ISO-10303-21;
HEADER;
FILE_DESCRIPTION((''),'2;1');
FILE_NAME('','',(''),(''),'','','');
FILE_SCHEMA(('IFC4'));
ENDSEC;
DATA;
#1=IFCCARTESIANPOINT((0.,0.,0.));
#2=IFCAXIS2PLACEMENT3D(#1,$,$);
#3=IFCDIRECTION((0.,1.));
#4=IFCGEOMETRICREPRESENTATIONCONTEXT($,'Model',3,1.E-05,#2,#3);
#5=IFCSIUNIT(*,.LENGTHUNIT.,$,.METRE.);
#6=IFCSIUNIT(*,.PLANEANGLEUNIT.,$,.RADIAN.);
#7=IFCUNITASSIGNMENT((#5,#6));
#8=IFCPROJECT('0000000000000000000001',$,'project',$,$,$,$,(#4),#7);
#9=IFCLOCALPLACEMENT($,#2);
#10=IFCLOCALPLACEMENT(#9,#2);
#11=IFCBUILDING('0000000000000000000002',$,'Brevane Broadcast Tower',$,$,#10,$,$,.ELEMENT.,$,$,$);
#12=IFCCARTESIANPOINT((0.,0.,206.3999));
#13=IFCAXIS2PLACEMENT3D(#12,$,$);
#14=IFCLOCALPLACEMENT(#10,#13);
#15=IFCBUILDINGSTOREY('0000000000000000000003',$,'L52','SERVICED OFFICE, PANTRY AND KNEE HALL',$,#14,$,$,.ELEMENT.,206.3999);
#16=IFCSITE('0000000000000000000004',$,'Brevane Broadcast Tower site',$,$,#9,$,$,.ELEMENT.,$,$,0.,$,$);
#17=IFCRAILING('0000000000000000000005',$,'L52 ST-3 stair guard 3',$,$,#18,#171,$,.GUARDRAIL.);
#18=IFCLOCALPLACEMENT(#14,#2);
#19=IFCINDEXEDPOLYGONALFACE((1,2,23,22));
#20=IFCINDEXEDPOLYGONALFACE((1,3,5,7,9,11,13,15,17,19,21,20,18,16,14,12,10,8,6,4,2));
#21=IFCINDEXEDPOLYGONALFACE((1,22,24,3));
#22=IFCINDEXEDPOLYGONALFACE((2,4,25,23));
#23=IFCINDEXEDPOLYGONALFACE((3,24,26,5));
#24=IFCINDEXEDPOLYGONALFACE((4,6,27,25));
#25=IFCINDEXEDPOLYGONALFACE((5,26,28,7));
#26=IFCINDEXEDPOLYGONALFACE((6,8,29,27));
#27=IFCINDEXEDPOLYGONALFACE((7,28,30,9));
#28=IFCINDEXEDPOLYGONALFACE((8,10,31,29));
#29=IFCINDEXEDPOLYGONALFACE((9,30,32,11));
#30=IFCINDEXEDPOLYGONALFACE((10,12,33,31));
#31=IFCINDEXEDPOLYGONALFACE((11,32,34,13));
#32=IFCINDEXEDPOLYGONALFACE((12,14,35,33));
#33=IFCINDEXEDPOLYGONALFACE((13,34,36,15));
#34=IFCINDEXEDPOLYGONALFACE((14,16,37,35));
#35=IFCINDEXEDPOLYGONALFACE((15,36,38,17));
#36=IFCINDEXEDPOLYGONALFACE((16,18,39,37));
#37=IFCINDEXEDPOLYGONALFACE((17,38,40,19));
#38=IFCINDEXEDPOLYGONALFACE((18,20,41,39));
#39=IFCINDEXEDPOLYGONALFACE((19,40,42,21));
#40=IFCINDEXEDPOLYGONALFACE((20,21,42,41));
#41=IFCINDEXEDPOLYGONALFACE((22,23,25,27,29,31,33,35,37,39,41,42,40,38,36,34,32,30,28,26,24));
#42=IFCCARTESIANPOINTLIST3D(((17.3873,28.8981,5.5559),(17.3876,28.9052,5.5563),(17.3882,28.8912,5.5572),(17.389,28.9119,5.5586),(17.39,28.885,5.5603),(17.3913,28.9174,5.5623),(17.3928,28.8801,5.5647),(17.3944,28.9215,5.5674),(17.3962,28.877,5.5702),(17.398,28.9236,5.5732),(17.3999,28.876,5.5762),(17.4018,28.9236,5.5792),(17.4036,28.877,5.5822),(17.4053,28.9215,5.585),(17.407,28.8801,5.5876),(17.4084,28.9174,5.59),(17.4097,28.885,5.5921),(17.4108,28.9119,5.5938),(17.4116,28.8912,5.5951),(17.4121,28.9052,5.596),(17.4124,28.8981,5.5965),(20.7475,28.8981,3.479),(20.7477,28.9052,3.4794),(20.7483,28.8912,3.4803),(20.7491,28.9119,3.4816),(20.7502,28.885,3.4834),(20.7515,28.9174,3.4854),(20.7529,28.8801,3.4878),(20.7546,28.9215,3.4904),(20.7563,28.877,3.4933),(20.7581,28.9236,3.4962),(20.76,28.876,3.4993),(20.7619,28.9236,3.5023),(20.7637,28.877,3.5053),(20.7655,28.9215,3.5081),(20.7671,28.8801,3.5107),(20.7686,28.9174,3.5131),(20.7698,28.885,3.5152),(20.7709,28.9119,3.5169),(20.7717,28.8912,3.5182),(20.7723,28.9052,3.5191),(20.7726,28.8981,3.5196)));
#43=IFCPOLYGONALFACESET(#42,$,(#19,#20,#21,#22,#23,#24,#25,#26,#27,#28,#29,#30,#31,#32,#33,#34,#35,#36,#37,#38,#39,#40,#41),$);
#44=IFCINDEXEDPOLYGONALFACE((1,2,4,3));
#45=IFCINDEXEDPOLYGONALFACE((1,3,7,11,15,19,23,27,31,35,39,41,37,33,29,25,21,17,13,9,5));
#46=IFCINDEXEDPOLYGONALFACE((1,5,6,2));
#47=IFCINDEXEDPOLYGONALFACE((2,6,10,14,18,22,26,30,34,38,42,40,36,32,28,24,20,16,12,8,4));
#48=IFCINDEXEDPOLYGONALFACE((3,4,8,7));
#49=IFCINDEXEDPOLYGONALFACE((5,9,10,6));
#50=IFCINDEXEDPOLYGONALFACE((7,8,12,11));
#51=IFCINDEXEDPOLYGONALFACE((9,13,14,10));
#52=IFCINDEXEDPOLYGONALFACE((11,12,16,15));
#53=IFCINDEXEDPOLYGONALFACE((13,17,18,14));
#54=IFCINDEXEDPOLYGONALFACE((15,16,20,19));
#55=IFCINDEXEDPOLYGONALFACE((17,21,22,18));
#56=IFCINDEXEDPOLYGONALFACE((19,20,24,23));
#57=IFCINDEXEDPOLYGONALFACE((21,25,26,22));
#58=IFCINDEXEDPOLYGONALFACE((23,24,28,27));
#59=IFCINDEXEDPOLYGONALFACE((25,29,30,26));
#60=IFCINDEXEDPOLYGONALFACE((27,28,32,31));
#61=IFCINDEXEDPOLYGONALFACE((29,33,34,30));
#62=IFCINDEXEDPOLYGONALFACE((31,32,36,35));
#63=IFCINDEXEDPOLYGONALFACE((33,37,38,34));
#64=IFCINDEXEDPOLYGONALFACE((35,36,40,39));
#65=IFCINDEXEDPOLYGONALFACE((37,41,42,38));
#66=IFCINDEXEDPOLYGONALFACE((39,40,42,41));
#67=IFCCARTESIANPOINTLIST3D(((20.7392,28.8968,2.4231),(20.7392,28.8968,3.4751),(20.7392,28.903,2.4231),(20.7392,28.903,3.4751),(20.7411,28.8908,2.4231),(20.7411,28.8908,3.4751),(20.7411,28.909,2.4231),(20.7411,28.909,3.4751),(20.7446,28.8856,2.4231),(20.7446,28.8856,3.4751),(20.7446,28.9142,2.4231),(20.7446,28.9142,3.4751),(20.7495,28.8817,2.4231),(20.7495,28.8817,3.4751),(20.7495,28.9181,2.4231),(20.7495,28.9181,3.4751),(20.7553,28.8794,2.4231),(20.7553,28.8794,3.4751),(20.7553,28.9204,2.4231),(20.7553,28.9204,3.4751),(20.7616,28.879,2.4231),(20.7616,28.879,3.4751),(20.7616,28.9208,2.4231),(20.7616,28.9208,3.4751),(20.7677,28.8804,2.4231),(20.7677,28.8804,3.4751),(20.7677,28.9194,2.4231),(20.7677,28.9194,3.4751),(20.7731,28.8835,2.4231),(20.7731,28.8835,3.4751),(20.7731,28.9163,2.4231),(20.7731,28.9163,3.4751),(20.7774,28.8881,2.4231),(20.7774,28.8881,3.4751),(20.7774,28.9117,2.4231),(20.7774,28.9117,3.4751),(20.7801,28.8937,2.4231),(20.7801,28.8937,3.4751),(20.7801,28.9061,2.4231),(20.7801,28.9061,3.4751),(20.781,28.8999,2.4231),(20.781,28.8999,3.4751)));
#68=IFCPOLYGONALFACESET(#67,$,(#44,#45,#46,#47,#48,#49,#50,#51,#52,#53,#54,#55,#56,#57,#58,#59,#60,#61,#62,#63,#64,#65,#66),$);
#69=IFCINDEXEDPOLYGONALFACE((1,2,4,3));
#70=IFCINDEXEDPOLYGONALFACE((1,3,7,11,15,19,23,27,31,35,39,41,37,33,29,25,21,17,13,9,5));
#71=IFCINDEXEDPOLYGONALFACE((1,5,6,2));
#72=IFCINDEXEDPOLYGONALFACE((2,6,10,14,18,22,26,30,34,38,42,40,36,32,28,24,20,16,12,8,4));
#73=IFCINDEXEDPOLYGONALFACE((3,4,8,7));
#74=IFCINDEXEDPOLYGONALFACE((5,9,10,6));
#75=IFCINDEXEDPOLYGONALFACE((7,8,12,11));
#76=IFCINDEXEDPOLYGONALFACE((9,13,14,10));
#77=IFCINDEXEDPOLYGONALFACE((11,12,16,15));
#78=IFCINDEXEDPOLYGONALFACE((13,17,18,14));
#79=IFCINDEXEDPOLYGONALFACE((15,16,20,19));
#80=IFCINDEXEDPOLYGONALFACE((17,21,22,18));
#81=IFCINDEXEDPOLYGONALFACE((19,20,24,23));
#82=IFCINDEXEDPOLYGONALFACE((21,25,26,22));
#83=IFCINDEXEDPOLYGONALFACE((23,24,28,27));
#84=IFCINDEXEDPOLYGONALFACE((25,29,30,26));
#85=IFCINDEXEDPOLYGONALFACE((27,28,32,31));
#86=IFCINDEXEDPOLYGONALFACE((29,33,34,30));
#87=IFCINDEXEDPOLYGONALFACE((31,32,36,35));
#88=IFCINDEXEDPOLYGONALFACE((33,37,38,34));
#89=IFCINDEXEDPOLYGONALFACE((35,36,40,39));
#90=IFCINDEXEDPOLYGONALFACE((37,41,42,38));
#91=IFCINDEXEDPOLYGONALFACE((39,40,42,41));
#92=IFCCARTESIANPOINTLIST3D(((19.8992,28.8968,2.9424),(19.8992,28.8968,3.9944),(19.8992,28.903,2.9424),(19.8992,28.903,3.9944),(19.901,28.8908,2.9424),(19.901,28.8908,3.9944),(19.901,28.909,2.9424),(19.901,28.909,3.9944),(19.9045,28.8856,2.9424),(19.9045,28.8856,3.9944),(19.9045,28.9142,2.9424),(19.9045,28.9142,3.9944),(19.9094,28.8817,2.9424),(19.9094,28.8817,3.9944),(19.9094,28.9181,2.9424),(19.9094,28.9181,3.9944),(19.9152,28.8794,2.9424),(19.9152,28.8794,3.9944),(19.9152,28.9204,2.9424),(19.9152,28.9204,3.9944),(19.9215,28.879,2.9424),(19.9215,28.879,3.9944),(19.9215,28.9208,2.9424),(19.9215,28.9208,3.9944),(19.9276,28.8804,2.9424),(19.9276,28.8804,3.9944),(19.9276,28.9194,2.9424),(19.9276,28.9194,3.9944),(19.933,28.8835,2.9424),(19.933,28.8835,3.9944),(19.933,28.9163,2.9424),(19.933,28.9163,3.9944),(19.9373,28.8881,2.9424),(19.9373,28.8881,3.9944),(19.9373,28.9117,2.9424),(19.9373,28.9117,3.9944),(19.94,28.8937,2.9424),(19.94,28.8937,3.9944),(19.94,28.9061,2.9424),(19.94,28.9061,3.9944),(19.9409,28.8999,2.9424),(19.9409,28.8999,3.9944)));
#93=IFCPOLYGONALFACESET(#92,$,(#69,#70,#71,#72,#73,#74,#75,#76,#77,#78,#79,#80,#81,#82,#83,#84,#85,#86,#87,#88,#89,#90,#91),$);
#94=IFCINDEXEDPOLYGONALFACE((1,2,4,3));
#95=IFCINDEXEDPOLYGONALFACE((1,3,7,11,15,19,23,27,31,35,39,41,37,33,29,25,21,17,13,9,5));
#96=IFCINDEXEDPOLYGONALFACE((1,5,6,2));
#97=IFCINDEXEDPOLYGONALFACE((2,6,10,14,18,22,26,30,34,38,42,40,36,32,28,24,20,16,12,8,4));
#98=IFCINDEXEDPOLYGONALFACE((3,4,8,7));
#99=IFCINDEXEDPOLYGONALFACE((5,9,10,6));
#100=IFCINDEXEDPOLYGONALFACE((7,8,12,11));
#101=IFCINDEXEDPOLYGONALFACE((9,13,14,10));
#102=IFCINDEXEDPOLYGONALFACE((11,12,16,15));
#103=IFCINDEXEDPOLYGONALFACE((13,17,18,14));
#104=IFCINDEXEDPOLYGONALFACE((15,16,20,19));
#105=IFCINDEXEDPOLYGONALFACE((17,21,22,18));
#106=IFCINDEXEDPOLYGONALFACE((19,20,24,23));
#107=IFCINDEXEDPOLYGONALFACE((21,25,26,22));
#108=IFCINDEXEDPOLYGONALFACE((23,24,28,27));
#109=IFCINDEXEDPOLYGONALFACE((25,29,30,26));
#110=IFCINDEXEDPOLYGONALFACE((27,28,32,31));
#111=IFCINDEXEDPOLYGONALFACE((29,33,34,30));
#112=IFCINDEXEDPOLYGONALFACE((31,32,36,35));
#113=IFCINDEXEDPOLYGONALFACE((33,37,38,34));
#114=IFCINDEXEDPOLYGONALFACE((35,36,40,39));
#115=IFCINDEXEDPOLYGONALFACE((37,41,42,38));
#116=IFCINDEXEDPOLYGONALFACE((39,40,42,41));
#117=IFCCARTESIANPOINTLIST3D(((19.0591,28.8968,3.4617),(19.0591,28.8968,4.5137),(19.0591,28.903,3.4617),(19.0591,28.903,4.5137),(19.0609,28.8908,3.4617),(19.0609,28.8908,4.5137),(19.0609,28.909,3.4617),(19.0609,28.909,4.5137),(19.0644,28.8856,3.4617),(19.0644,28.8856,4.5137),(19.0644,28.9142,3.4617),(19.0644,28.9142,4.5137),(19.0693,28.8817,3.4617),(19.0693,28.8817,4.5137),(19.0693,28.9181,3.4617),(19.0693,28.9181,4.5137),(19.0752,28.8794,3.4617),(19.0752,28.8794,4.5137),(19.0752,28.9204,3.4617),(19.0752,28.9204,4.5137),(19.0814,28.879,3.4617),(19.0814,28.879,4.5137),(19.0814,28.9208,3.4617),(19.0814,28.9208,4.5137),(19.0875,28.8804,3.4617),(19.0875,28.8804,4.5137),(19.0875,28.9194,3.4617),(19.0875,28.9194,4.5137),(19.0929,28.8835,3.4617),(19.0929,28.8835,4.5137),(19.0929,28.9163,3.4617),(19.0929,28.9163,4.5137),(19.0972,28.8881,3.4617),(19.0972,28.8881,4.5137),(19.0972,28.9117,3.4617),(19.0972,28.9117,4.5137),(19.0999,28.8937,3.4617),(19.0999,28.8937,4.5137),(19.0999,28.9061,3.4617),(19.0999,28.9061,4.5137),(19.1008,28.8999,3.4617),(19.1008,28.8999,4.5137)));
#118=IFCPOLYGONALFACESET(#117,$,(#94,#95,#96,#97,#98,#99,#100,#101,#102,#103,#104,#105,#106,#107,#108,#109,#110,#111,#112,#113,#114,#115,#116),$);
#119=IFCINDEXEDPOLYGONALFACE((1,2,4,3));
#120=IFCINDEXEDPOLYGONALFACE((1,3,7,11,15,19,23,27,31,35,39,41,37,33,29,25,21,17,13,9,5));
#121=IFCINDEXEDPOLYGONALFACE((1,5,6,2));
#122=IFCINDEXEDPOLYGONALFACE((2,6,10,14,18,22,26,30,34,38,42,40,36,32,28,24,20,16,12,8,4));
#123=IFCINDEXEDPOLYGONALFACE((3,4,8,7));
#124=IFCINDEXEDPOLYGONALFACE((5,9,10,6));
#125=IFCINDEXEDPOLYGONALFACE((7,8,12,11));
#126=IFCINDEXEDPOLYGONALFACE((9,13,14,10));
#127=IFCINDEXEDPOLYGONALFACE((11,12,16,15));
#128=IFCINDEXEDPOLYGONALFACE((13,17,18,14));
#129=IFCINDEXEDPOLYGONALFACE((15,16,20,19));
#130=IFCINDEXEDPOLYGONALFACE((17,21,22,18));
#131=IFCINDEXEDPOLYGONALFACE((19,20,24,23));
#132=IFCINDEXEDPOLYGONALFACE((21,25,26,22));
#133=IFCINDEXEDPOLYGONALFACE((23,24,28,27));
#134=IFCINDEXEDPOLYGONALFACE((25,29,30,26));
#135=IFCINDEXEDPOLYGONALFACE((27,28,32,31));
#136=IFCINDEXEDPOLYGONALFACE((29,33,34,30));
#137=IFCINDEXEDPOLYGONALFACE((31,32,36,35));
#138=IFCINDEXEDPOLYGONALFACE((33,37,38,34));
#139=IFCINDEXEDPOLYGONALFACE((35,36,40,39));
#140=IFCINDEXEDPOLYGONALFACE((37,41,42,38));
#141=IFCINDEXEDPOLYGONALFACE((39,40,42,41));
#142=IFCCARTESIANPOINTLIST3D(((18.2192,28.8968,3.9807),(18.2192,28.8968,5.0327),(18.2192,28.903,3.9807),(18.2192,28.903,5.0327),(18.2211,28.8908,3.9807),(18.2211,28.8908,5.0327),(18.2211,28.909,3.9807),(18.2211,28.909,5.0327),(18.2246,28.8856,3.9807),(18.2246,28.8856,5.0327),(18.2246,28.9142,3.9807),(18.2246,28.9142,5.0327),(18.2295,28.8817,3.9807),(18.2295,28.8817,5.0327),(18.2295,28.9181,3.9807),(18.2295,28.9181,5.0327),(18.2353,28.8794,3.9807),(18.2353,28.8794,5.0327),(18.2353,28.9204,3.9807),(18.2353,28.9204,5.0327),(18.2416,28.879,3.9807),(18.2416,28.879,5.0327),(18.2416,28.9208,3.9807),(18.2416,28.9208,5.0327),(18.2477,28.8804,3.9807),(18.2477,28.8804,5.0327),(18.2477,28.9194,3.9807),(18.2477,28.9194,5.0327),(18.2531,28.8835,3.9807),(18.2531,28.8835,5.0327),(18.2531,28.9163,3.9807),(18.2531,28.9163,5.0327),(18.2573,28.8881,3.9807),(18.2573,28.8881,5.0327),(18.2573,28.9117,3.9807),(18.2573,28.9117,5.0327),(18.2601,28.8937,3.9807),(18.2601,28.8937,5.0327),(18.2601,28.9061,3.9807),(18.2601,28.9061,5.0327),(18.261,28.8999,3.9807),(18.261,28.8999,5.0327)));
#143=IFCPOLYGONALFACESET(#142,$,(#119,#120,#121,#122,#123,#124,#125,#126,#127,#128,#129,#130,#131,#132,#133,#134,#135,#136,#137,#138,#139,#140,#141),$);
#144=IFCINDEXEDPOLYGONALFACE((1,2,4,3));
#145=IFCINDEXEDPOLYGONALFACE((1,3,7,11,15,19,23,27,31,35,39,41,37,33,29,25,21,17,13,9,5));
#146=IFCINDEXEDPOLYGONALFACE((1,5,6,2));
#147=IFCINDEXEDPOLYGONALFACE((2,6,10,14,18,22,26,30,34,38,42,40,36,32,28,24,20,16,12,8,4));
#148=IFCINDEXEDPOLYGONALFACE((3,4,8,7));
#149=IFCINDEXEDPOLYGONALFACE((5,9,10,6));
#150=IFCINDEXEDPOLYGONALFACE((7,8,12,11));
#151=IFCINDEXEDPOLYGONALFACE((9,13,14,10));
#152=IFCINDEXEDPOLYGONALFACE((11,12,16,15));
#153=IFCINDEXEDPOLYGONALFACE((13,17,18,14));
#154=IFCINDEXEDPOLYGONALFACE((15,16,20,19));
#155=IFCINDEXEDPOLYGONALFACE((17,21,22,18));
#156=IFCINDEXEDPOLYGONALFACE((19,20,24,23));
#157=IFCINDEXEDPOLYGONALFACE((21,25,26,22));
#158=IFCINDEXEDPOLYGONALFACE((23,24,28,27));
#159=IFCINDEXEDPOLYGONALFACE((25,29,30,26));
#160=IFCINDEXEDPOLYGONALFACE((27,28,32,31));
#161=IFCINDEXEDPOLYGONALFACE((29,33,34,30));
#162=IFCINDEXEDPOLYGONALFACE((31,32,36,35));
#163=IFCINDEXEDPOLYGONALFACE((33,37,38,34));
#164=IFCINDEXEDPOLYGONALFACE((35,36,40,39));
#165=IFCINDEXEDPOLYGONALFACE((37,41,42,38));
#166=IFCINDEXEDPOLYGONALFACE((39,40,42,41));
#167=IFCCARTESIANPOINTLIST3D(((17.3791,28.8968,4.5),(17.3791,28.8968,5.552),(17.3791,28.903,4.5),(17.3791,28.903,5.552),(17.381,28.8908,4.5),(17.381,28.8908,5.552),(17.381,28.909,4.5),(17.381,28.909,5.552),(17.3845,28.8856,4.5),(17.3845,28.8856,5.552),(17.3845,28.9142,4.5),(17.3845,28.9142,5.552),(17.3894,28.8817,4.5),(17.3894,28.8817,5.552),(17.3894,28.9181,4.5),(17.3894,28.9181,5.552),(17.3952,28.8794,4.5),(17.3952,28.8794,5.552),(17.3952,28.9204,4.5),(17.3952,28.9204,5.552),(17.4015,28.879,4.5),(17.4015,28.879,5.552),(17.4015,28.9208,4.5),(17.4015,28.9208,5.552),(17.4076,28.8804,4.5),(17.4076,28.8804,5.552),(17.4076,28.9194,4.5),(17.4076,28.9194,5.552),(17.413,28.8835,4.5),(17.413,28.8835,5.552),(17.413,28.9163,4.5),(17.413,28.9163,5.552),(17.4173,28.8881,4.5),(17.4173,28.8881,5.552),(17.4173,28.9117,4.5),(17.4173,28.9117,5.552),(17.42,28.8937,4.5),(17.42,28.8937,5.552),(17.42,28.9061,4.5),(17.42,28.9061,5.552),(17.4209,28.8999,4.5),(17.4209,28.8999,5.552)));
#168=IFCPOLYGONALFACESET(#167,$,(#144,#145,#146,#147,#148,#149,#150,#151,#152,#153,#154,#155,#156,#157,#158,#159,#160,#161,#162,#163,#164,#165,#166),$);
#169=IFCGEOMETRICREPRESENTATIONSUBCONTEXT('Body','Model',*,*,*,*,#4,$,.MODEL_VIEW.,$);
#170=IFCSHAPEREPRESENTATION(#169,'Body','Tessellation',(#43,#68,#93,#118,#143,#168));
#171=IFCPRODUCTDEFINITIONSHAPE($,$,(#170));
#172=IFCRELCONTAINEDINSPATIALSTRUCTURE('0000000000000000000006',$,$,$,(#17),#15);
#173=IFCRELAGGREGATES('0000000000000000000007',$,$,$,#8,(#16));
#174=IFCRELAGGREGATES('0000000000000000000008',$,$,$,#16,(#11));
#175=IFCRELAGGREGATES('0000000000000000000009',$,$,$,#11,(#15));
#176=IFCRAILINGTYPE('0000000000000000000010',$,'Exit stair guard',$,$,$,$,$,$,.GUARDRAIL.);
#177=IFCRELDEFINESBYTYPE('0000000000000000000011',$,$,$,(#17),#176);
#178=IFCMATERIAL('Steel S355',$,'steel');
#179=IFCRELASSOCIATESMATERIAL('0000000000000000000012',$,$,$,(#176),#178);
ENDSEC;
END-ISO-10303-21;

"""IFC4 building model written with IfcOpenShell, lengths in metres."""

from ifc_helpers import new_model, si_unit, direction, frame, origin, origin_2d, place, context, subcontext, project, spatial, circle, extrude, material, type_object, element, save


model = new_model("IFC4")

# Units and contexts
model_context = context("Model", 3, precision=1e-05, world=origin(), true_north=direction((0.0, 1.0)))
body_context = subcontext(model_context, "Body", "Model", "MODEL_VIEW")
ifc_project = project(units=[si_unit("LENGTHUNIT", "METRE"), si_unit("PLANEANGLEUNIT", "RADIAN")], contexts=[model_context])

# Site, building, storey
site_placement = place(None, origin())
site = spatial("IfcSite", under=ifc_project, at=site_placement, Name="Brevane Broadcast Tower site", CompositionType="ELEMENT", RefElevation=0.0)
building_placement = place(site_placement, origin())
building = spatial("IfcBuilding", under=site, at=building_placement, Name="Brevane Broadcast Tower", CompositionType="ELEMENT")
storey_placement = place(building_placement, frame((0.0, 0.0, 206.3999)))
storey = spatial("IfcBuildingStorey", under=building, at=storey_placement, Name="L52", Description="SERVICED OFFICE, PANTRY AND KNEE HALL", CompositionType="ELEMENT", Elevation=206.3999)

# Railing
ifc_material_1 = material(Name="Steel S355", Category="steel")
railing_type_1 = type_object("IfcRailingType", Name="Exit stair guard", PredefinedType="GUARDRAIL", material=ifc_material_1)
railing_1_placement = place(storey_placement, frame((20.76, 28.8999, 2.4231)))
element("IfcRailing", 1, at=railing_1_placement, inside=storey, type_object=railing_type_1, Name="L52 ST-3 stair guard 3", PredefinedType="GUARDRAIL", context=body_context, shape_type="SweptSolid", body=[
    extrude(circle(Radius=0.0239, at=origin_2d()), frame((0.0, 0.0, 1.0762), z_axis=(-0.850623, 0.0, 0.525776), x_axis=(0.0, -1.0, 0.0)), (0.0, 0.0, 1.0), 3.9502),
    extrude(circle(Radius=0.021, at=origin_2d()), origin(), (0.0, 0.0, 1.0), 1.052),
    extrude(circle(Radius=0.021, at=origin_2d()), frame((-0.8401, 0.0, 0.5193)), (0.0, 0.0, 1.0), 1.052),
    extrude(circle(Radius=0.021, at=origin_2d()), frame((-1.6802, 0.0, 1.0386)), (0.0, 0.0, 1.0), 1.052),
    extrude(circle(Radius=0.021, at=origin_2d()), frame((-2.52, 0.0, 1.5576)), (0.0, 0.0, 1.0), 1.052),
    extrude(circle(Radius=0.021, at=origin_2d()), frame((-3.3601, 0.0, 2.0769)), (0.0, 0.0, 1.0), 1.052),
])

save(model, "model.ifc")
